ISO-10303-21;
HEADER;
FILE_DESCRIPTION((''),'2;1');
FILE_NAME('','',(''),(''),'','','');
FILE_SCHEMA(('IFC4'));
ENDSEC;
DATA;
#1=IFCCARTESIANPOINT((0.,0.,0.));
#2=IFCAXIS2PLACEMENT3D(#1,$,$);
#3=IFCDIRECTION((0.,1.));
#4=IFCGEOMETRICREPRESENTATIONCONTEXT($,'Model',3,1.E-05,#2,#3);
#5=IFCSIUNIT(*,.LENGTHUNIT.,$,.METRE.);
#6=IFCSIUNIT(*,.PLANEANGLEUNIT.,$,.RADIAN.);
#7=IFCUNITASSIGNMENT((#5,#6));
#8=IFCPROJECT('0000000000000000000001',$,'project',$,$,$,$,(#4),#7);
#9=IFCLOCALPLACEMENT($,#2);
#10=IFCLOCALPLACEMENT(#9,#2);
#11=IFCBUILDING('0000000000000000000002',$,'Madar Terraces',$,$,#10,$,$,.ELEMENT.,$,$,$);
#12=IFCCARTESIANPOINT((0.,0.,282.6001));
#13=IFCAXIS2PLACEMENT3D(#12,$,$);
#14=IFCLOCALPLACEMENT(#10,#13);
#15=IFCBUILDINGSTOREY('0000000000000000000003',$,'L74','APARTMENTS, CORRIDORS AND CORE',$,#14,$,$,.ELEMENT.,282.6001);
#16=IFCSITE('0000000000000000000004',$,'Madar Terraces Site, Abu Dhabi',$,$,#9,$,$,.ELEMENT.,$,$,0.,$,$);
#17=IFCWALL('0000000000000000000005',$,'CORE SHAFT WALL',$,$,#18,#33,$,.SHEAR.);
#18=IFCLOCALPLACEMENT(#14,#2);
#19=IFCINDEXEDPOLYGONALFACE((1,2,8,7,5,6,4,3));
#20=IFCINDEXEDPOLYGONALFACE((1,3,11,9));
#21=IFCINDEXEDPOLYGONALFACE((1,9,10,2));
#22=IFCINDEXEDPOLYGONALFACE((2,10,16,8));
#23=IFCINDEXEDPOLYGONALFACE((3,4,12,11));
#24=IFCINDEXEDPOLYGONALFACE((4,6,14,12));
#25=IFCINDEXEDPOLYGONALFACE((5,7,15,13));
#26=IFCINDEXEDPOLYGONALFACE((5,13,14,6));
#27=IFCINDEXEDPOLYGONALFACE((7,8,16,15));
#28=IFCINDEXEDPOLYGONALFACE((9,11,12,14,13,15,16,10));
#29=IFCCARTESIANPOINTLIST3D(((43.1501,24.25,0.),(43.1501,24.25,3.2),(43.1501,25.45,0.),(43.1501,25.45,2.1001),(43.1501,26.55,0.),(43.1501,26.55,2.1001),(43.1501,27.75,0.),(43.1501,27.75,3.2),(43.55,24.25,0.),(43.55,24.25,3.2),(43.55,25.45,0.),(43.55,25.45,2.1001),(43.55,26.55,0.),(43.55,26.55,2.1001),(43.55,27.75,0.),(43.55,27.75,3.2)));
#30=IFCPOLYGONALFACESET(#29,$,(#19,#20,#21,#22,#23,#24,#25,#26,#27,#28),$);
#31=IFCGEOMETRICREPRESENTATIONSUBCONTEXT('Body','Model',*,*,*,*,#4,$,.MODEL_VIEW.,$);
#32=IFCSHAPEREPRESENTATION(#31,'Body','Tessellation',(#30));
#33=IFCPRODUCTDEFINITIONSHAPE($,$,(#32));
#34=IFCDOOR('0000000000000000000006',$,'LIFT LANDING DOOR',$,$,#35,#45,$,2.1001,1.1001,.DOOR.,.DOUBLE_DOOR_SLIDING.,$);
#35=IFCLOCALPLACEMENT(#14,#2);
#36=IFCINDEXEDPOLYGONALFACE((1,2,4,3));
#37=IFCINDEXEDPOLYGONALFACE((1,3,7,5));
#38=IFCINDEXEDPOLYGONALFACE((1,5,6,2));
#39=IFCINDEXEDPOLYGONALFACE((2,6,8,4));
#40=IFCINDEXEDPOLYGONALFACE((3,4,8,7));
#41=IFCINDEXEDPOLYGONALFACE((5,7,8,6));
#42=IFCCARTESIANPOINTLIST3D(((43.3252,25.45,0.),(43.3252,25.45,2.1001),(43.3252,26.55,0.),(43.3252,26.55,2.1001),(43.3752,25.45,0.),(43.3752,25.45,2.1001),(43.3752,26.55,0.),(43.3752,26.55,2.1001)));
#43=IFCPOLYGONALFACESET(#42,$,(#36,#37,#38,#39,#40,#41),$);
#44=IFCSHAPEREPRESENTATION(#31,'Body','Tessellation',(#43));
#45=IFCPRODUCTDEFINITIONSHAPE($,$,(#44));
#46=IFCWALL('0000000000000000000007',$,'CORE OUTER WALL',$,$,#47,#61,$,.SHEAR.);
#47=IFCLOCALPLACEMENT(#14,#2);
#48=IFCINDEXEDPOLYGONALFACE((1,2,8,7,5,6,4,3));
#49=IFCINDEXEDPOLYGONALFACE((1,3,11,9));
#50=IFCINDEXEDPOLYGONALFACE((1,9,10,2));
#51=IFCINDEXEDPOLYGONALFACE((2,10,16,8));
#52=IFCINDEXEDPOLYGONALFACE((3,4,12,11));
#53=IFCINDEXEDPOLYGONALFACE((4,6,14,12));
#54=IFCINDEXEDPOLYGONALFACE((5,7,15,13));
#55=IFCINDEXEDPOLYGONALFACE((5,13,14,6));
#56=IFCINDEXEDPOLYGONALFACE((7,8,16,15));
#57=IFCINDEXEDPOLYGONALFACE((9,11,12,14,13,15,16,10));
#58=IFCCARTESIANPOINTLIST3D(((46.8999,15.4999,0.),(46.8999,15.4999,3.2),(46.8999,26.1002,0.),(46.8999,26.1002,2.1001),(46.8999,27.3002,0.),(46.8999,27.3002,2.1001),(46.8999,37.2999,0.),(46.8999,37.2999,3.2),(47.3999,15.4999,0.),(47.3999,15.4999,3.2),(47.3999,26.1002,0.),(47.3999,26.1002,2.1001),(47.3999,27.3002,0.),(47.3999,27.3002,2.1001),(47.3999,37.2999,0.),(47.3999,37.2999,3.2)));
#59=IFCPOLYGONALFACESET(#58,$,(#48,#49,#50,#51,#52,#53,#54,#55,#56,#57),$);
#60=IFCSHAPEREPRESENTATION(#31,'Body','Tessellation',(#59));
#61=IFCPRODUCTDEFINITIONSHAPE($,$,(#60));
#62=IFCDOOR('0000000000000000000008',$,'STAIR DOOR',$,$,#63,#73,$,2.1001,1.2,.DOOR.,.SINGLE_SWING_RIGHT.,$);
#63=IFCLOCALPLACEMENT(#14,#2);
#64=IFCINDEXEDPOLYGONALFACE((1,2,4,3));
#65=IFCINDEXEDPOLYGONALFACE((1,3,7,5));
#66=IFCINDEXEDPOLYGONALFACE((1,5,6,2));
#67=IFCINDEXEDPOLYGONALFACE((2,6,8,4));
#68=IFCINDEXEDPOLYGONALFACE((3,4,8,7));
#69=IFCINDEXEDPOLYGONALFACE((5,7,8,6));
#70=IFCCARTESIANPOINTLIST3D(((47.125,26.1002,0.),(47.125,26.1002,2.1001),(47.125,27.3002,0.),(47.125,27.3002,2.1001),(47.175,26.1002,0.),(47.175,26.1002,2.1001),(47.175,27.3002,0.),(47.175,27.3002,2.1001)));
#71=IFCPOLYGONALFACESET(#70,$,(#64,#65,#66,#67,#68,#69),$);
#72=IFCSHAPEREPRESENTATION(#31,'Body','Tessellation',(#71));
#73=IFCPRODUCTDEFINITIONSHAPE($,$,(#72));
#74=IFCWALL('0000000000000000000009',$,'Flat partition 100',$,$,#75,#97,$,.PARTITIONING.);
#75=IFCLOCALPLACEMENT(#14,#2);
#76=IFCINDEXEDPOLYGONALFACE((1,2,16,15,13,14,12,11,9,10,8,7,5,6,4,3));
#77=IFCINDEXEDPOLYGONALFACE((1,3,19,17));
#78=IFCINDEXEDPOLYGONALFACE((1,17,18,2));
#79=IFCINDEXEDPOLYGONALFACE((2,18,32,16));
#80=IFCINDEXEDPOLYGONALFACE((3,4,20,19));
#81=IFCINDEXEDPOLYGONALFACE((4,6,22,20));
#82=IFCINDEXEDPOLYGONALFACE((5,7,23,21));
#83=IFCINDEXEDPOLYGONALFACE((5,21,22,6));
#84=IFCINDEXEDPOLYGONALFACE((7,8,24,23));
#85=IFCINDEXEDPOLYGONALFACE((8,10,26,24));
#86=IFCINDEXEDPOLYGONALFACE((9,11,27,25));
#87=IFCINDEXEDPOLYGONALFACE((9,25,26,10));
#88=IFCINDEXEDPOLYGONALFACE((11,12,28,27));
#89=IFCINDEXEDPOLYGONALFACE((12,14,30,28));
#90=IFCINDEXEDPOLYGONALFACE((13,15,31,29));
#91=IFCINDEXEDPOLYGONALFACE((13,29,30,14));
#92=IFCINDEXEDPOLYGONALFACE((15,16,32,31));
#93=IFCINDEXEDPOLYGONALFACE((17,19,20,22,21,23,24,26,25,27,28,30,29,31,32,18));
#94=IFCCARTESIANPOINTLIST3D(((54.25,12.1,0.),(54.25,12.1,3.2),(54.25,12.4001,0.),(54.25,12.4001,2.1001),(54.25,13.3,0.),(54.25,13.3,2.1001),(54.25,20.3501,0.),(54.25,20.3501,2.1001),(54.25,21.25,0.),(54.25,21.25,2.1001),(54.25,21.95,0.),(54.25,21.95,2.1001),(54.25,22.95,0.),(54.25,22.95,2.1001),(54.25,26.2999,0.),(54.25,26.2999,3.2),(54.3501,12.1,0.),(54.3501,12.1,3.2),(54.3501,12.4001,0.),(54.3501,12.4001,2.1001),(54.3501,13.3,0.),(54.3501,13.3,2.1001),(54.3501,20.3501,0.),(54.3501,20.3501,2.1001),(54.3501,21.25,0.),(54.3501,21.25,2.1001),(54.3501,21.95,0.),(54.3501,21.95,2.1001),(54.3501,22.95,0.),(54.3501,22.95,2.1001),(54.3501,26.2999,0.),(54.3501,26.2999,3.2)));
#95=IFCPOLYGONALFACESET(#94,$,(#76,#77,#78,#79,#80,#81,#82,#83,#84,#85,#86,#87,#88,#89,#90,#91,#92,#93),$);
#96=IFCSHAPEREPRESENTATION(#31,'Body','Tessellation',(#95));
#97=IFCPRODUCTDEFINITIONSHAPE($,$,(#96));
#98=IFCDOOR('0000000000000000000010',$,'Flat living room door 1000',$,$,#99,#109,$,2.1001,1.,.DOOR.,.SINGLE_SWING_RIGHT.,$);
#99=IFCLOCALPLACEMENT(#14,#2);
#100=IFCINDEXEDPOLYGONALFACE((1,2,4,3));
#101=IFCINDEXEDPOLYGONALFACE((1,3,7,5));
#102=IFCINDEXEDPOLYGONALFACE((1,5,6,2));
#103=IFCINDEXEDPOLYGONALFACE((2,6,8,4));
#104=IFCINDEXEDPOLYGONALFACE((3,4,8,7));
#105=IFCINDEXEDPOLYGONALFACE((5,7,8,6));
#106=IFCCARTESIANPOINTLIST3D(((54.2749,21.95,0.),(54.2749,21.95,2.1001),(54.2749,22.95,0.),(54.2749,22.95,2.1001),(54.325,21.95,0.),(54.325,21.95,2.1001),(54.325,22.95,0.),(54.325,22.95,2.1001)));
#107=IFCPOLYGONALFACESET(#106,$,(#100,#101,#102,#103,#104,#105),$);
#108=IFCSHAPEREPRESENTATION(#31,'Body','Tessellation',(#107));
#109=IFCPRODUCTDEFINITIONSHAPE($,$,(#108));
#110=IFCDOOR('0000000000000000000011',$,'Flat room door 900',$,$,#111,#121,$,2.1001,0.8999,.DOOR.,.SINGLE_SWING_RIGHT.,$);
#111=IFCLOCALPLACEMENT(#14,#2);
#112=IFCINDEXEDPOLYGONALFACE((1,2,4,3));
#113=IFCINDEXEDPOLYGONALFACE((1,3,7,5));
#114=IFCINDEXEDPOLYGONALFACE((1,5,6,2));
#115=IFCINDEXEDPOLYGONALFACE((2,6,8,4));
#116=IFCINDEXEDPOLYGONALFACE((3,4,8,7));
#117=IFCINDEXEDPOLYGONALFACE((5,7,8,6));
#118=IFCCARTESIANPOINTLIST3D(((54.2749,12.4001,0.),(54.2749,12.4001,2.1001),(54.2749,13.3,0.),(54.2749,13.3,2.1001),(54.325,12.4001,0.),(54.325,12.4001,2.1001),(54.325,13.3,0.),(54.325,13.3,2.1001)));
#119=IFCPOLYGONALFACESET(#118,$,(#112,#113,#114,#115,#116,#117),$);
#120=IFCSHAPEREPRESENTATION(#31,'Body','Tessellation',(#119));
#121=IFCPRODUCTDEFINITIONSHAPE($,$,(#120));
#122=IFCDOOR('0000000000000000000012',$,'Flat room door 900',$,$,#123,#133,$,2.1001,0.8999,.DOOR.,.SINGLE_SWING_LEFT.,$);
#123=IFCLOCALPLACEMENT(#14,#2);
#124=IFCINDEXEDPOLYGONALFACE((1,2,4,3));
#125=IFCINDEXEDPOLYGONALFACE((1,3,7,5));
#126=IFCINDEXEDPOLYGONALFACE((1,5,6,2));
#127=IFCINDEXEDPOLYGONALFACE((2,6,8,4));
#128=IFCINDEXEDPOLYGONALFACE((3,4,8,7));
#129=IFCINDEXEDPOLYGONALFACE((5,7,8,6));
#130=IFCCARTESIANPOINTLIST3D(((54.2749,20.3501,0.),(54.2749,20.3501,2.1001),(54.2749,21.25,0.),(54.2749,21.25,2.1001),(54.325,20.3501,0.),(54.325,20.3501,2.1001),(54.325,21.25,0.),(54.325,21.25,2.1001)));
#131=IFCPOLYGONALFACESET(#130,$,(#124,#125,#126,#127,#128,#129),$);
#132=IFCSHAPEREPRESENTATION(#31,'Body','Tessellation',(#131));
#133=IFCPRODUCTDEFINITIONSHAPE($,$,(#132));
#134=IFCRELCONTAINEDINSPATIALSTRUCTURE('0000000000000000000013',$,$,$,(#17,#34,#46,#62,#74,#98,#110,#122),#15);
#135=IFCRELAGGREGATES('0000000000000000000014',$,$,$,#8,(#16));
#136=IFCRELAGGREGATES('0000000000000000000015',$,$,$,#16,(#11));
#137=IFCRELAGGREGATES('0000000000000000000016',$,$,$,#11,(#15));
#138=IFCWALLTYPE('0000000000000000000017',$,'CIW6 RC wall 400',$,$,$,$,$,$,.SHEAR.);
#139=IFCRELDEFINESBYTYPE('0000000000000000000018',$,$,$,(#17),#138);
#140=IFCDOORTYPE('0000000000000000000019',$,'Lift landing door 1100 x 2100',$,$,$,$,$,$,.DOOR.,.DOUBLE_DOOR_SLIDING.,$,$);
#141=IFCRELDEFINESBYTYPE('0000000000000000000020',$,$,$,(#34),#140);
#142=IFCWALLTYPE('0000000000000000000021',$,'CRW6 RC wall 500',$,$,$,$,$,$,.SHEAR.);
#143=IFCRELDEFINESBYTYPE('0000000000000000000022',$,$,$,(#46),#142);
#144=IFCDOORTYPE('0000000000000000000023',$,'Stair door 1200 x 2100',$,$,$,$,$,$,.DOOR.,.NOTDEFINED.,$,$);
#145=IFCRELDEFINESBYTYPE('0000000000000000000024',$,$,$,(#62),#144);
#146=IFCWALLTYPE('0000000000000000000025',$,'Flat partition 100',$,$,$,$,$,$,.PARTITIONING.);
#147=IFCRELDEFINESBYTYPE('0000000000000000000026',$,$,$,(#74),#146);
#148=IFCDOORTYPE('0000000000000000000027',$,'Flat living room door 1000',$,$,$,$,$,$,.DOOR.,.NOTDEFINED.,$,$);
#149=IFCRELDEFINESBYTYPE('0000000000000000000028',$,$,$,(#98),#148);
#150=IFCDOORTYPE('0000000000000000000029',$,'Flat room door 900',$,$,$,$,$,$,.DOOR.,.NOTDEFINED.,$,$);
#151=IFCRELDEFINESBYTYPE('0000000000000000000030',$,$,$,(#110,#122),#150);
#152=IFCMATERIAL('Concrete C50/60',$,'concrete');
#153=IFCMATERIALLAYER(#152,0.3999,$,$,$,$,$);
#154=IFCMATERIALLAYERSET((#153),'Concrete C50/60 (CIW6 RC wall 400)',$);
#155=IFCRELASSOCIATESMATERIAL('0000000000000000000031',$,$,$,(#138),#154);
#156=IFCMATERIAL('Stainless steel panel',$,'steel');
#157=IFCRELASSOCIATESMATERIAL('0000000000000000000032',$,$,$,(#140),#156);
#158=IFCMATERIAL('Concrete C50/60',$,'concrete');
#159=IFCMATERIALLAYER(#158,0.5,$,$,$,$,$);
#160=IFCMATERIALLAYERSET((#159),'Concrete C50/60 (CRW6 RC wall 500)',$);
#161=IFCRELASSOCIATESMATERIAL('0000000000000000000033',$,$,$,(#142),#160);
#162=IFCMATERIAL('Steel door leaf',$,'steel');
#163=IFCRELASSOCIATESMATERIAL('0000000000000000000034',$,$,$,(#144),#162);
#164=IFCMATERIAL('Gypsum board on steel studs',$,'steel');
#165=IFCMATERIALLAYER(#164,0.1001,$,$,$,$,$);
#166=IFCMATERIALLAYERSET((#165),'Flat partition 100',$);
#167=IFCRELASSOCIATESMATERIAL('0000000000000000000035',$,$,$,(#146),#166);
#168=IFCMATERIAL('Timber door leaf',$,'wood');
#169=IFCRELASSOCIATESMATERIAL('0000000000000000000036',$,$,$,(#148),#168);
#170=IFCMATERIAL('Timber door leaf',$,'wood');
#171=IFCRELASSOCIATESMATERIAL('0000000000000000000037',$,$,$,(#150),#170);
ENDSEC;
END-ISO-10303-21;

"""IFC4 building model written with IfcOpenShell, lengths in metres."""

from ifc_helpers import new_model, si_unit, direction, frame, frame_2d, origin, place, context, subcontext, project, spatial, rectangle, extrude, material, layer, layer_set, type_object, element, fill, save


model = new_model("IFC4")

# Units and contexts
model_context = context("Model", 3, precision=1e-05, world=origin(), true_north=direction((0.0, 1.0)))
body_context = subcontext(model_context, "Body", "Model", "MODEL_VIEW")
ifc_project = project(units=[si_unit("LENGTHUNIT", "METRE"), si_unit("PLANEANGLEUNIT", "RADIAN")], contexts=[model_context])

# Site, building, storey
site_placement = place(None, origin())
site = spatial("IfcSite", under=ifc_project, at=site_placement, Name="Madar Terraces Site, Abu Dhabi", CompositionType="ELEMENT", RefElevation=0.0)
building_placement = place(site_placement, origin())
building = spatial("IfcBuilding", under=site, at=building_placement, Name="Madar Terraces", CompositionType="ELEMENT")
storey_placement = place(building_placement, frame((0.0, 0.0, 282.6001)))
storey = spatial("IfcBuildingStorey", under=building, at=storey_placement, Name="L74", Description="APARTMENTS, CORRIDORS AND CORE", CompositionType="ELEMENT", Elevation=282.6001)

# Walls, openings, doors
ifc_material_1 = material(Name="Concrete C50/60", Category="concrete")
ifc_layer_1 = layer(ifc_material_1, 0.3999)
ifc_layer_set_1 = layer_set([ifc_layer_1], Name="Concrete C50/60 (CIW6 RC wall 400)")
wall_type_1 = type_object("IfcWallType", Name="CIW6 RC wall 400", PredefinedType="SHEAR", material=ifc_layer_set_1)
wall_1_placement = place(storey_placement, frame((43.3501, 24.25, 0.0), z_axis=(0.0, 0.0, 1.0), x_axis=(0.0, 1.0, 0.0)))
wall_1 = element("IfcWall", 1, at=wall_1_placement, inside=storey, type_object=wall_type_1, Name="CORE SHAFT WALL", PredefinedType="SHEAR", context=body_context, shape_type="SweptSolid", body=[
    extrude(rectangle(XDim=3.5, YDim=0.3999, at=frame_2d((1.75, 0.0))), origin(), (0.0, 0.0, 1.0), 3.2),
])
opening_1_placement = place(wall_1_placement, frame((1.2, 0.0, 0.0)))
opening_1 = element("IfcOpeningElement", 2, at=opening_1_placement, cuts=wall_1, PredefinedType="OPENING", context=body_context, shape_type="SweptSolid", body=[
    extrude(rectangle(XDim=1.1001, YDim=2.1001, at=frame_2d((0.55, 1.05))), frame((0.0, 0.21, 0.0), z_axis=(0.0, -1.0, 0.0), x_axis=(1.0, 0.0, 0.0)), (0.0, 0.0, 1.0), 0.4199),
])
ifc_material_2 = material(Name="Stainless steel panel", Category="steel")
door_type_1 = type_object("IfcDoorType", Name="Lift landing door 1100 x 2100", OperationType="DOUBLE_DOOR_SLIDING", PredefinedType="DOOR", material=ifc_material_2)
door_1_placement = place(opening_1_placement, origin())
door_1 = element("IfcDoor", 3, at=door_1_placement, inside=storey, type_object=door_type_1, Name="LIFT LANDING DOOR", OperationType="DOUBLE_DOOR_SLIDING", OverallHeight=2.1001, OverallWidth=1.1001, PredefinedType="DOOR", context=body_context, shape_type="SweptSolid", body=[
    extrude(rectangle(XDim=1.1001, YDim=2.1001, at=frame_2d((0.55, 1.05))), frame((0.0, 0.0249, 0.0), z_axis=(0.0, -1.0, 0.0), x_axis=(1.0, 0.0, 0.0)), (0.0, 0.0, 1.0), 0.05),
])
fill(opening_1, door_1)
ifc_material_3 = material(Name="Concrete C50/60", Category="concrete")
ifc_layer_2 = layer(ifc_material_3, 0.5)
ifc_layer_set_2 = layer_set([ifc_layer_2], Name="Concrete C50/60 (CRW6 RC wall 500)")
wall_type_2 = type_object("IfcWallType", Name="CRW6 RC wall 500", PredefinedType="SHEAR", material=ifc_layer_set_2)
wall_2_placement = place(storey_placement, frame((47.1499, 15.5, 0.0), z_axis=(0.0, 0.0, 1.0), x_axis=(0.0, 1.0, 0.0)))
wall_2 = element("IfcWall", 4, at=wall_2_placement, inside=storey, type_object=wall_type_2, Name="CORE OUTER WALL", PredefinedType="SHEAR", context=body_context, shape_type="SweptSolid", body=[
    extrude(rectangle(XDim=21.8, YDim=0.5, at=frame_2d((10.8999, 0.0))), origin(), (0.0, 0.0, 1.0), 3.2),
])
opening_2_placement = place(wall_2_placement, frame((10.6001, 0.0, 0.0)))
opening_2 = element("IfcOpeningElement", 5, at=opening_2_placement, cuts=wall_2, PredefinedType="OPENING", context=body_context, shape_type="SweptSolid", body=[
    extrude(rectangle(XDim=1.2, YDim=2.1001, at=frame_2d((0.6001, 1.05))), frame((0.0, 0.26, 0.0), z_axis=(0.0, -1.0, 0.0), x_axis=(1.0, 0.0, 0.0)), (0.0, 0.0, 1.0), 0.52),
])
ifc_material_4 = material(Name="Steel door leaf", Category="steel")
door_type_2 = type_object("IfcDoorType", Name="Stair door 1200 x 2100", OperationType="NOTDEFINED", PredefinedType="DOOR", material=ifc_material_4)
door_2_placement = place(opening_2_placement, origin())
door_2 = element("IfcDoor", 6, at=door_2_placement, inside=storey, type_object=door_type_2, Name="STAIR DOOR", OperationType="SINGLE_SWING_RIGHT", OverallHeight=2.1001, OverallWidth=1.2, PredefinedType="DOOR", context=body_context, shape_type="SweptSolid", body=[
    extrude(rectangle(XDim=1.2, YDim=2.1001, at=frame_2d((0.6001, 1.05))), frame((0.0, 0.0249, 0.0), z_axis=(0.0, -1.0, 0.0), x_axis=(1.0, 0.0, 0.0)), (0.0, 0.0, 1.0), 0.05),
])
fill(opening_2, door_2)

# Wall, openings, doors
ifc_material_5 = material(Name="Gypsum board on steel studs", Category="steel")
ifc_layer_3 = layer(ifc_material_5, 0.1001)
ifc_layer_set_3 = layer_set([ifc_layer_3], Name="Flat partition 100")
wall_type_3 = type_object("IfcWallType", Name="Flat partition 100", PredefinedType="PARTITIONING", material=ifc_layer_set_3)
wall_3_placement = place(storey_placement, frame((54.3, 26.3, 0.0), z_axis=(0.0, 0.0, 1.0), x_axis=(0.0, -1.0, 0.0)))
wall_3 = element("IfcWall", 7, at=wall_3_placement, inside=storey, type_object=wall_type_3, Name="Flat partition 100", PredefinedType="PARTITIONING", context=body_context, shape_type="SweptSolid", body=[
    extrude(rectangle(XDim=14.2, YDim=0.1001, at=frame_2d((7.1001, 0.0))), origin(), (0.0, 0.0, 1.0), 3.2),
])
opening_3_placement = place(wall_3_placement, frame((13.0, 0.0, 0.0)))
opening_3 = element("IfcOpeningElement", 8, at=opening_3_placement, cuts=wall_3, PredefinedType="OPENING", context=body_context, shape_type="SweptSolid", body=[
    extrude(rectangle(XDim=0.8999, YDim=2.1001, at=frame_2d((0.45, 1.05))), frame((0.0, 0.0601, 0.0), z_axis=(0.0, -1.0, 0.0), x_axis=(1.0, 0.0, 0.0)), (0.0, 0.0, 1.0), 0.1201),
])
opening_4_placement = place(wall_3_placement, frame((5.05, 0.0, 0.0)))
opening_4 = element("IfcOpeningElement", 9, at=opening_4_placement, cuts=wall_3, PredefinedType="OPENING", context=body_context, shape_type="SweptSolid", body=[
    extrude(rectangle(XDim=0.8999, YDim=2.1001, at=frame_2d((0.45, 1.05))), frame((0.0, 0.0601, 0.0), z_axis=(0.0, -1.0, 0.0), x_axis=(1.0, 0.0, 0.0)), (0.0, 0.0, 1.0), 0.1201),
])
opening_5_placement = place(wall_3_placement, frame((3.3501, 0.0, 0.0)))
opening_5 = element("IfcOpeningElement", 10, at=opening_5_placement, cuts=wall_3, PredefinedType="OPENING", context=body_context, shape_type="SweptSolid", body=[
    extrude(rectangle(XDim=1.0, YDim=2.1001, at=frame_2d((0.5, 1.05))), frame((0.0, 0.0601, 0.0), z_axis=(0.0, -1.0, 0.0), x_axis=(1.0, 0.0, 0.0)), (0.0, 0.0, 1.0), 0.1201),
])
ifc_material_6 = material(Name="Timber door leaf", Category="wood")
door_type_3 = type_object("IfcDoorType", Name="Flat living room door 1000", OperationType="NOTDEFINED", PredefinedType="DOOR", material=ifc_material_6)
door_3_placement = place(opening_5_placement, origin())
door_3 = element("IfcDoor", 11, at=door_3_placement, inside=storey, type_object=door_type_3, Name="Flat living room door 1000", OperationType="SINGLE_SWING_RIGHT", OverallHeight=2.1001, OverallWidth=1.0, PredefinedType="DOOR", context=body_context, shape_type="SweptSolid", body=[
    extrude(rectangle(XDim=1.0, YDim=2.1001, at=frame_2d((0.5, 1.05))), frame((0.0, 0.0249, 0.0), z_axis=(0.0, -1.0, 0.0), x_axis=(1.0, 0.0, 0.0)), (0.0, 0.0, 1.0), 0.05),
])
fill(opening_5, door_3)
ifc_material_7 = material(Name="Timber door leaf", Category="wood")
door_type_4 = type_object("IfcDoorType", Name="Flat room door 900", OperationType="NOTDEFINED", PredefinedType="DOOR", material=ifc_material_7)
door_4_placement = place(opening_3_placement, origin())
door_4 = element("IfcDoor", 12, at=door_4_placement, inside=storey, type_object=door_type_4, Name="Flat room door 900", OperationType="SINGLE_SWING_RIGHT", OverallHeight=2.1001, OverallWidth=0.8999, PredefinedType="DOOR", context=body_context, shape_type="SweptSolid", body=[
    extrude(rectangle(XDim=0.8999, YDim=2.1001, at=frame_2d((0.45, 1.05))), frame((0.0, 0.0249, 0.0), z_axis=(0.0, -1.0, 0.0), x_axis=(1.0, 0.0, 0.0)), (0.0, 0.0, 1.0), 0.05),
])
fill(opening_3, door_4)
door_5_placement = place(opening_4_placement, origin())
door_5 = element("IfcDoor", 13, at=door_5_placement, inside=storey, type_object=door_type_4, Name="Flat room door 900", OperationType="SINGLE_SWING_LEFT", OverallHeight=2.1001, OverallWidth=0.8999, PredefinedType="DOOR", context=body_context, shape_type="SweptSolid", body=[
    extrude(rectangle(XDim=0.8999, YDim=2.1001, at=frame_2d((0.45, 1.05))), frame((0.0, 0.0249, 0.0), z_axis=(0.0, -1.0, 0.0), x_axis=(1.0, 0.0, 0.0)), (0.0, 0.0, 1.0), 0.05),
])
fill(opening_4, door_5)

save(model, "model.ifc")
